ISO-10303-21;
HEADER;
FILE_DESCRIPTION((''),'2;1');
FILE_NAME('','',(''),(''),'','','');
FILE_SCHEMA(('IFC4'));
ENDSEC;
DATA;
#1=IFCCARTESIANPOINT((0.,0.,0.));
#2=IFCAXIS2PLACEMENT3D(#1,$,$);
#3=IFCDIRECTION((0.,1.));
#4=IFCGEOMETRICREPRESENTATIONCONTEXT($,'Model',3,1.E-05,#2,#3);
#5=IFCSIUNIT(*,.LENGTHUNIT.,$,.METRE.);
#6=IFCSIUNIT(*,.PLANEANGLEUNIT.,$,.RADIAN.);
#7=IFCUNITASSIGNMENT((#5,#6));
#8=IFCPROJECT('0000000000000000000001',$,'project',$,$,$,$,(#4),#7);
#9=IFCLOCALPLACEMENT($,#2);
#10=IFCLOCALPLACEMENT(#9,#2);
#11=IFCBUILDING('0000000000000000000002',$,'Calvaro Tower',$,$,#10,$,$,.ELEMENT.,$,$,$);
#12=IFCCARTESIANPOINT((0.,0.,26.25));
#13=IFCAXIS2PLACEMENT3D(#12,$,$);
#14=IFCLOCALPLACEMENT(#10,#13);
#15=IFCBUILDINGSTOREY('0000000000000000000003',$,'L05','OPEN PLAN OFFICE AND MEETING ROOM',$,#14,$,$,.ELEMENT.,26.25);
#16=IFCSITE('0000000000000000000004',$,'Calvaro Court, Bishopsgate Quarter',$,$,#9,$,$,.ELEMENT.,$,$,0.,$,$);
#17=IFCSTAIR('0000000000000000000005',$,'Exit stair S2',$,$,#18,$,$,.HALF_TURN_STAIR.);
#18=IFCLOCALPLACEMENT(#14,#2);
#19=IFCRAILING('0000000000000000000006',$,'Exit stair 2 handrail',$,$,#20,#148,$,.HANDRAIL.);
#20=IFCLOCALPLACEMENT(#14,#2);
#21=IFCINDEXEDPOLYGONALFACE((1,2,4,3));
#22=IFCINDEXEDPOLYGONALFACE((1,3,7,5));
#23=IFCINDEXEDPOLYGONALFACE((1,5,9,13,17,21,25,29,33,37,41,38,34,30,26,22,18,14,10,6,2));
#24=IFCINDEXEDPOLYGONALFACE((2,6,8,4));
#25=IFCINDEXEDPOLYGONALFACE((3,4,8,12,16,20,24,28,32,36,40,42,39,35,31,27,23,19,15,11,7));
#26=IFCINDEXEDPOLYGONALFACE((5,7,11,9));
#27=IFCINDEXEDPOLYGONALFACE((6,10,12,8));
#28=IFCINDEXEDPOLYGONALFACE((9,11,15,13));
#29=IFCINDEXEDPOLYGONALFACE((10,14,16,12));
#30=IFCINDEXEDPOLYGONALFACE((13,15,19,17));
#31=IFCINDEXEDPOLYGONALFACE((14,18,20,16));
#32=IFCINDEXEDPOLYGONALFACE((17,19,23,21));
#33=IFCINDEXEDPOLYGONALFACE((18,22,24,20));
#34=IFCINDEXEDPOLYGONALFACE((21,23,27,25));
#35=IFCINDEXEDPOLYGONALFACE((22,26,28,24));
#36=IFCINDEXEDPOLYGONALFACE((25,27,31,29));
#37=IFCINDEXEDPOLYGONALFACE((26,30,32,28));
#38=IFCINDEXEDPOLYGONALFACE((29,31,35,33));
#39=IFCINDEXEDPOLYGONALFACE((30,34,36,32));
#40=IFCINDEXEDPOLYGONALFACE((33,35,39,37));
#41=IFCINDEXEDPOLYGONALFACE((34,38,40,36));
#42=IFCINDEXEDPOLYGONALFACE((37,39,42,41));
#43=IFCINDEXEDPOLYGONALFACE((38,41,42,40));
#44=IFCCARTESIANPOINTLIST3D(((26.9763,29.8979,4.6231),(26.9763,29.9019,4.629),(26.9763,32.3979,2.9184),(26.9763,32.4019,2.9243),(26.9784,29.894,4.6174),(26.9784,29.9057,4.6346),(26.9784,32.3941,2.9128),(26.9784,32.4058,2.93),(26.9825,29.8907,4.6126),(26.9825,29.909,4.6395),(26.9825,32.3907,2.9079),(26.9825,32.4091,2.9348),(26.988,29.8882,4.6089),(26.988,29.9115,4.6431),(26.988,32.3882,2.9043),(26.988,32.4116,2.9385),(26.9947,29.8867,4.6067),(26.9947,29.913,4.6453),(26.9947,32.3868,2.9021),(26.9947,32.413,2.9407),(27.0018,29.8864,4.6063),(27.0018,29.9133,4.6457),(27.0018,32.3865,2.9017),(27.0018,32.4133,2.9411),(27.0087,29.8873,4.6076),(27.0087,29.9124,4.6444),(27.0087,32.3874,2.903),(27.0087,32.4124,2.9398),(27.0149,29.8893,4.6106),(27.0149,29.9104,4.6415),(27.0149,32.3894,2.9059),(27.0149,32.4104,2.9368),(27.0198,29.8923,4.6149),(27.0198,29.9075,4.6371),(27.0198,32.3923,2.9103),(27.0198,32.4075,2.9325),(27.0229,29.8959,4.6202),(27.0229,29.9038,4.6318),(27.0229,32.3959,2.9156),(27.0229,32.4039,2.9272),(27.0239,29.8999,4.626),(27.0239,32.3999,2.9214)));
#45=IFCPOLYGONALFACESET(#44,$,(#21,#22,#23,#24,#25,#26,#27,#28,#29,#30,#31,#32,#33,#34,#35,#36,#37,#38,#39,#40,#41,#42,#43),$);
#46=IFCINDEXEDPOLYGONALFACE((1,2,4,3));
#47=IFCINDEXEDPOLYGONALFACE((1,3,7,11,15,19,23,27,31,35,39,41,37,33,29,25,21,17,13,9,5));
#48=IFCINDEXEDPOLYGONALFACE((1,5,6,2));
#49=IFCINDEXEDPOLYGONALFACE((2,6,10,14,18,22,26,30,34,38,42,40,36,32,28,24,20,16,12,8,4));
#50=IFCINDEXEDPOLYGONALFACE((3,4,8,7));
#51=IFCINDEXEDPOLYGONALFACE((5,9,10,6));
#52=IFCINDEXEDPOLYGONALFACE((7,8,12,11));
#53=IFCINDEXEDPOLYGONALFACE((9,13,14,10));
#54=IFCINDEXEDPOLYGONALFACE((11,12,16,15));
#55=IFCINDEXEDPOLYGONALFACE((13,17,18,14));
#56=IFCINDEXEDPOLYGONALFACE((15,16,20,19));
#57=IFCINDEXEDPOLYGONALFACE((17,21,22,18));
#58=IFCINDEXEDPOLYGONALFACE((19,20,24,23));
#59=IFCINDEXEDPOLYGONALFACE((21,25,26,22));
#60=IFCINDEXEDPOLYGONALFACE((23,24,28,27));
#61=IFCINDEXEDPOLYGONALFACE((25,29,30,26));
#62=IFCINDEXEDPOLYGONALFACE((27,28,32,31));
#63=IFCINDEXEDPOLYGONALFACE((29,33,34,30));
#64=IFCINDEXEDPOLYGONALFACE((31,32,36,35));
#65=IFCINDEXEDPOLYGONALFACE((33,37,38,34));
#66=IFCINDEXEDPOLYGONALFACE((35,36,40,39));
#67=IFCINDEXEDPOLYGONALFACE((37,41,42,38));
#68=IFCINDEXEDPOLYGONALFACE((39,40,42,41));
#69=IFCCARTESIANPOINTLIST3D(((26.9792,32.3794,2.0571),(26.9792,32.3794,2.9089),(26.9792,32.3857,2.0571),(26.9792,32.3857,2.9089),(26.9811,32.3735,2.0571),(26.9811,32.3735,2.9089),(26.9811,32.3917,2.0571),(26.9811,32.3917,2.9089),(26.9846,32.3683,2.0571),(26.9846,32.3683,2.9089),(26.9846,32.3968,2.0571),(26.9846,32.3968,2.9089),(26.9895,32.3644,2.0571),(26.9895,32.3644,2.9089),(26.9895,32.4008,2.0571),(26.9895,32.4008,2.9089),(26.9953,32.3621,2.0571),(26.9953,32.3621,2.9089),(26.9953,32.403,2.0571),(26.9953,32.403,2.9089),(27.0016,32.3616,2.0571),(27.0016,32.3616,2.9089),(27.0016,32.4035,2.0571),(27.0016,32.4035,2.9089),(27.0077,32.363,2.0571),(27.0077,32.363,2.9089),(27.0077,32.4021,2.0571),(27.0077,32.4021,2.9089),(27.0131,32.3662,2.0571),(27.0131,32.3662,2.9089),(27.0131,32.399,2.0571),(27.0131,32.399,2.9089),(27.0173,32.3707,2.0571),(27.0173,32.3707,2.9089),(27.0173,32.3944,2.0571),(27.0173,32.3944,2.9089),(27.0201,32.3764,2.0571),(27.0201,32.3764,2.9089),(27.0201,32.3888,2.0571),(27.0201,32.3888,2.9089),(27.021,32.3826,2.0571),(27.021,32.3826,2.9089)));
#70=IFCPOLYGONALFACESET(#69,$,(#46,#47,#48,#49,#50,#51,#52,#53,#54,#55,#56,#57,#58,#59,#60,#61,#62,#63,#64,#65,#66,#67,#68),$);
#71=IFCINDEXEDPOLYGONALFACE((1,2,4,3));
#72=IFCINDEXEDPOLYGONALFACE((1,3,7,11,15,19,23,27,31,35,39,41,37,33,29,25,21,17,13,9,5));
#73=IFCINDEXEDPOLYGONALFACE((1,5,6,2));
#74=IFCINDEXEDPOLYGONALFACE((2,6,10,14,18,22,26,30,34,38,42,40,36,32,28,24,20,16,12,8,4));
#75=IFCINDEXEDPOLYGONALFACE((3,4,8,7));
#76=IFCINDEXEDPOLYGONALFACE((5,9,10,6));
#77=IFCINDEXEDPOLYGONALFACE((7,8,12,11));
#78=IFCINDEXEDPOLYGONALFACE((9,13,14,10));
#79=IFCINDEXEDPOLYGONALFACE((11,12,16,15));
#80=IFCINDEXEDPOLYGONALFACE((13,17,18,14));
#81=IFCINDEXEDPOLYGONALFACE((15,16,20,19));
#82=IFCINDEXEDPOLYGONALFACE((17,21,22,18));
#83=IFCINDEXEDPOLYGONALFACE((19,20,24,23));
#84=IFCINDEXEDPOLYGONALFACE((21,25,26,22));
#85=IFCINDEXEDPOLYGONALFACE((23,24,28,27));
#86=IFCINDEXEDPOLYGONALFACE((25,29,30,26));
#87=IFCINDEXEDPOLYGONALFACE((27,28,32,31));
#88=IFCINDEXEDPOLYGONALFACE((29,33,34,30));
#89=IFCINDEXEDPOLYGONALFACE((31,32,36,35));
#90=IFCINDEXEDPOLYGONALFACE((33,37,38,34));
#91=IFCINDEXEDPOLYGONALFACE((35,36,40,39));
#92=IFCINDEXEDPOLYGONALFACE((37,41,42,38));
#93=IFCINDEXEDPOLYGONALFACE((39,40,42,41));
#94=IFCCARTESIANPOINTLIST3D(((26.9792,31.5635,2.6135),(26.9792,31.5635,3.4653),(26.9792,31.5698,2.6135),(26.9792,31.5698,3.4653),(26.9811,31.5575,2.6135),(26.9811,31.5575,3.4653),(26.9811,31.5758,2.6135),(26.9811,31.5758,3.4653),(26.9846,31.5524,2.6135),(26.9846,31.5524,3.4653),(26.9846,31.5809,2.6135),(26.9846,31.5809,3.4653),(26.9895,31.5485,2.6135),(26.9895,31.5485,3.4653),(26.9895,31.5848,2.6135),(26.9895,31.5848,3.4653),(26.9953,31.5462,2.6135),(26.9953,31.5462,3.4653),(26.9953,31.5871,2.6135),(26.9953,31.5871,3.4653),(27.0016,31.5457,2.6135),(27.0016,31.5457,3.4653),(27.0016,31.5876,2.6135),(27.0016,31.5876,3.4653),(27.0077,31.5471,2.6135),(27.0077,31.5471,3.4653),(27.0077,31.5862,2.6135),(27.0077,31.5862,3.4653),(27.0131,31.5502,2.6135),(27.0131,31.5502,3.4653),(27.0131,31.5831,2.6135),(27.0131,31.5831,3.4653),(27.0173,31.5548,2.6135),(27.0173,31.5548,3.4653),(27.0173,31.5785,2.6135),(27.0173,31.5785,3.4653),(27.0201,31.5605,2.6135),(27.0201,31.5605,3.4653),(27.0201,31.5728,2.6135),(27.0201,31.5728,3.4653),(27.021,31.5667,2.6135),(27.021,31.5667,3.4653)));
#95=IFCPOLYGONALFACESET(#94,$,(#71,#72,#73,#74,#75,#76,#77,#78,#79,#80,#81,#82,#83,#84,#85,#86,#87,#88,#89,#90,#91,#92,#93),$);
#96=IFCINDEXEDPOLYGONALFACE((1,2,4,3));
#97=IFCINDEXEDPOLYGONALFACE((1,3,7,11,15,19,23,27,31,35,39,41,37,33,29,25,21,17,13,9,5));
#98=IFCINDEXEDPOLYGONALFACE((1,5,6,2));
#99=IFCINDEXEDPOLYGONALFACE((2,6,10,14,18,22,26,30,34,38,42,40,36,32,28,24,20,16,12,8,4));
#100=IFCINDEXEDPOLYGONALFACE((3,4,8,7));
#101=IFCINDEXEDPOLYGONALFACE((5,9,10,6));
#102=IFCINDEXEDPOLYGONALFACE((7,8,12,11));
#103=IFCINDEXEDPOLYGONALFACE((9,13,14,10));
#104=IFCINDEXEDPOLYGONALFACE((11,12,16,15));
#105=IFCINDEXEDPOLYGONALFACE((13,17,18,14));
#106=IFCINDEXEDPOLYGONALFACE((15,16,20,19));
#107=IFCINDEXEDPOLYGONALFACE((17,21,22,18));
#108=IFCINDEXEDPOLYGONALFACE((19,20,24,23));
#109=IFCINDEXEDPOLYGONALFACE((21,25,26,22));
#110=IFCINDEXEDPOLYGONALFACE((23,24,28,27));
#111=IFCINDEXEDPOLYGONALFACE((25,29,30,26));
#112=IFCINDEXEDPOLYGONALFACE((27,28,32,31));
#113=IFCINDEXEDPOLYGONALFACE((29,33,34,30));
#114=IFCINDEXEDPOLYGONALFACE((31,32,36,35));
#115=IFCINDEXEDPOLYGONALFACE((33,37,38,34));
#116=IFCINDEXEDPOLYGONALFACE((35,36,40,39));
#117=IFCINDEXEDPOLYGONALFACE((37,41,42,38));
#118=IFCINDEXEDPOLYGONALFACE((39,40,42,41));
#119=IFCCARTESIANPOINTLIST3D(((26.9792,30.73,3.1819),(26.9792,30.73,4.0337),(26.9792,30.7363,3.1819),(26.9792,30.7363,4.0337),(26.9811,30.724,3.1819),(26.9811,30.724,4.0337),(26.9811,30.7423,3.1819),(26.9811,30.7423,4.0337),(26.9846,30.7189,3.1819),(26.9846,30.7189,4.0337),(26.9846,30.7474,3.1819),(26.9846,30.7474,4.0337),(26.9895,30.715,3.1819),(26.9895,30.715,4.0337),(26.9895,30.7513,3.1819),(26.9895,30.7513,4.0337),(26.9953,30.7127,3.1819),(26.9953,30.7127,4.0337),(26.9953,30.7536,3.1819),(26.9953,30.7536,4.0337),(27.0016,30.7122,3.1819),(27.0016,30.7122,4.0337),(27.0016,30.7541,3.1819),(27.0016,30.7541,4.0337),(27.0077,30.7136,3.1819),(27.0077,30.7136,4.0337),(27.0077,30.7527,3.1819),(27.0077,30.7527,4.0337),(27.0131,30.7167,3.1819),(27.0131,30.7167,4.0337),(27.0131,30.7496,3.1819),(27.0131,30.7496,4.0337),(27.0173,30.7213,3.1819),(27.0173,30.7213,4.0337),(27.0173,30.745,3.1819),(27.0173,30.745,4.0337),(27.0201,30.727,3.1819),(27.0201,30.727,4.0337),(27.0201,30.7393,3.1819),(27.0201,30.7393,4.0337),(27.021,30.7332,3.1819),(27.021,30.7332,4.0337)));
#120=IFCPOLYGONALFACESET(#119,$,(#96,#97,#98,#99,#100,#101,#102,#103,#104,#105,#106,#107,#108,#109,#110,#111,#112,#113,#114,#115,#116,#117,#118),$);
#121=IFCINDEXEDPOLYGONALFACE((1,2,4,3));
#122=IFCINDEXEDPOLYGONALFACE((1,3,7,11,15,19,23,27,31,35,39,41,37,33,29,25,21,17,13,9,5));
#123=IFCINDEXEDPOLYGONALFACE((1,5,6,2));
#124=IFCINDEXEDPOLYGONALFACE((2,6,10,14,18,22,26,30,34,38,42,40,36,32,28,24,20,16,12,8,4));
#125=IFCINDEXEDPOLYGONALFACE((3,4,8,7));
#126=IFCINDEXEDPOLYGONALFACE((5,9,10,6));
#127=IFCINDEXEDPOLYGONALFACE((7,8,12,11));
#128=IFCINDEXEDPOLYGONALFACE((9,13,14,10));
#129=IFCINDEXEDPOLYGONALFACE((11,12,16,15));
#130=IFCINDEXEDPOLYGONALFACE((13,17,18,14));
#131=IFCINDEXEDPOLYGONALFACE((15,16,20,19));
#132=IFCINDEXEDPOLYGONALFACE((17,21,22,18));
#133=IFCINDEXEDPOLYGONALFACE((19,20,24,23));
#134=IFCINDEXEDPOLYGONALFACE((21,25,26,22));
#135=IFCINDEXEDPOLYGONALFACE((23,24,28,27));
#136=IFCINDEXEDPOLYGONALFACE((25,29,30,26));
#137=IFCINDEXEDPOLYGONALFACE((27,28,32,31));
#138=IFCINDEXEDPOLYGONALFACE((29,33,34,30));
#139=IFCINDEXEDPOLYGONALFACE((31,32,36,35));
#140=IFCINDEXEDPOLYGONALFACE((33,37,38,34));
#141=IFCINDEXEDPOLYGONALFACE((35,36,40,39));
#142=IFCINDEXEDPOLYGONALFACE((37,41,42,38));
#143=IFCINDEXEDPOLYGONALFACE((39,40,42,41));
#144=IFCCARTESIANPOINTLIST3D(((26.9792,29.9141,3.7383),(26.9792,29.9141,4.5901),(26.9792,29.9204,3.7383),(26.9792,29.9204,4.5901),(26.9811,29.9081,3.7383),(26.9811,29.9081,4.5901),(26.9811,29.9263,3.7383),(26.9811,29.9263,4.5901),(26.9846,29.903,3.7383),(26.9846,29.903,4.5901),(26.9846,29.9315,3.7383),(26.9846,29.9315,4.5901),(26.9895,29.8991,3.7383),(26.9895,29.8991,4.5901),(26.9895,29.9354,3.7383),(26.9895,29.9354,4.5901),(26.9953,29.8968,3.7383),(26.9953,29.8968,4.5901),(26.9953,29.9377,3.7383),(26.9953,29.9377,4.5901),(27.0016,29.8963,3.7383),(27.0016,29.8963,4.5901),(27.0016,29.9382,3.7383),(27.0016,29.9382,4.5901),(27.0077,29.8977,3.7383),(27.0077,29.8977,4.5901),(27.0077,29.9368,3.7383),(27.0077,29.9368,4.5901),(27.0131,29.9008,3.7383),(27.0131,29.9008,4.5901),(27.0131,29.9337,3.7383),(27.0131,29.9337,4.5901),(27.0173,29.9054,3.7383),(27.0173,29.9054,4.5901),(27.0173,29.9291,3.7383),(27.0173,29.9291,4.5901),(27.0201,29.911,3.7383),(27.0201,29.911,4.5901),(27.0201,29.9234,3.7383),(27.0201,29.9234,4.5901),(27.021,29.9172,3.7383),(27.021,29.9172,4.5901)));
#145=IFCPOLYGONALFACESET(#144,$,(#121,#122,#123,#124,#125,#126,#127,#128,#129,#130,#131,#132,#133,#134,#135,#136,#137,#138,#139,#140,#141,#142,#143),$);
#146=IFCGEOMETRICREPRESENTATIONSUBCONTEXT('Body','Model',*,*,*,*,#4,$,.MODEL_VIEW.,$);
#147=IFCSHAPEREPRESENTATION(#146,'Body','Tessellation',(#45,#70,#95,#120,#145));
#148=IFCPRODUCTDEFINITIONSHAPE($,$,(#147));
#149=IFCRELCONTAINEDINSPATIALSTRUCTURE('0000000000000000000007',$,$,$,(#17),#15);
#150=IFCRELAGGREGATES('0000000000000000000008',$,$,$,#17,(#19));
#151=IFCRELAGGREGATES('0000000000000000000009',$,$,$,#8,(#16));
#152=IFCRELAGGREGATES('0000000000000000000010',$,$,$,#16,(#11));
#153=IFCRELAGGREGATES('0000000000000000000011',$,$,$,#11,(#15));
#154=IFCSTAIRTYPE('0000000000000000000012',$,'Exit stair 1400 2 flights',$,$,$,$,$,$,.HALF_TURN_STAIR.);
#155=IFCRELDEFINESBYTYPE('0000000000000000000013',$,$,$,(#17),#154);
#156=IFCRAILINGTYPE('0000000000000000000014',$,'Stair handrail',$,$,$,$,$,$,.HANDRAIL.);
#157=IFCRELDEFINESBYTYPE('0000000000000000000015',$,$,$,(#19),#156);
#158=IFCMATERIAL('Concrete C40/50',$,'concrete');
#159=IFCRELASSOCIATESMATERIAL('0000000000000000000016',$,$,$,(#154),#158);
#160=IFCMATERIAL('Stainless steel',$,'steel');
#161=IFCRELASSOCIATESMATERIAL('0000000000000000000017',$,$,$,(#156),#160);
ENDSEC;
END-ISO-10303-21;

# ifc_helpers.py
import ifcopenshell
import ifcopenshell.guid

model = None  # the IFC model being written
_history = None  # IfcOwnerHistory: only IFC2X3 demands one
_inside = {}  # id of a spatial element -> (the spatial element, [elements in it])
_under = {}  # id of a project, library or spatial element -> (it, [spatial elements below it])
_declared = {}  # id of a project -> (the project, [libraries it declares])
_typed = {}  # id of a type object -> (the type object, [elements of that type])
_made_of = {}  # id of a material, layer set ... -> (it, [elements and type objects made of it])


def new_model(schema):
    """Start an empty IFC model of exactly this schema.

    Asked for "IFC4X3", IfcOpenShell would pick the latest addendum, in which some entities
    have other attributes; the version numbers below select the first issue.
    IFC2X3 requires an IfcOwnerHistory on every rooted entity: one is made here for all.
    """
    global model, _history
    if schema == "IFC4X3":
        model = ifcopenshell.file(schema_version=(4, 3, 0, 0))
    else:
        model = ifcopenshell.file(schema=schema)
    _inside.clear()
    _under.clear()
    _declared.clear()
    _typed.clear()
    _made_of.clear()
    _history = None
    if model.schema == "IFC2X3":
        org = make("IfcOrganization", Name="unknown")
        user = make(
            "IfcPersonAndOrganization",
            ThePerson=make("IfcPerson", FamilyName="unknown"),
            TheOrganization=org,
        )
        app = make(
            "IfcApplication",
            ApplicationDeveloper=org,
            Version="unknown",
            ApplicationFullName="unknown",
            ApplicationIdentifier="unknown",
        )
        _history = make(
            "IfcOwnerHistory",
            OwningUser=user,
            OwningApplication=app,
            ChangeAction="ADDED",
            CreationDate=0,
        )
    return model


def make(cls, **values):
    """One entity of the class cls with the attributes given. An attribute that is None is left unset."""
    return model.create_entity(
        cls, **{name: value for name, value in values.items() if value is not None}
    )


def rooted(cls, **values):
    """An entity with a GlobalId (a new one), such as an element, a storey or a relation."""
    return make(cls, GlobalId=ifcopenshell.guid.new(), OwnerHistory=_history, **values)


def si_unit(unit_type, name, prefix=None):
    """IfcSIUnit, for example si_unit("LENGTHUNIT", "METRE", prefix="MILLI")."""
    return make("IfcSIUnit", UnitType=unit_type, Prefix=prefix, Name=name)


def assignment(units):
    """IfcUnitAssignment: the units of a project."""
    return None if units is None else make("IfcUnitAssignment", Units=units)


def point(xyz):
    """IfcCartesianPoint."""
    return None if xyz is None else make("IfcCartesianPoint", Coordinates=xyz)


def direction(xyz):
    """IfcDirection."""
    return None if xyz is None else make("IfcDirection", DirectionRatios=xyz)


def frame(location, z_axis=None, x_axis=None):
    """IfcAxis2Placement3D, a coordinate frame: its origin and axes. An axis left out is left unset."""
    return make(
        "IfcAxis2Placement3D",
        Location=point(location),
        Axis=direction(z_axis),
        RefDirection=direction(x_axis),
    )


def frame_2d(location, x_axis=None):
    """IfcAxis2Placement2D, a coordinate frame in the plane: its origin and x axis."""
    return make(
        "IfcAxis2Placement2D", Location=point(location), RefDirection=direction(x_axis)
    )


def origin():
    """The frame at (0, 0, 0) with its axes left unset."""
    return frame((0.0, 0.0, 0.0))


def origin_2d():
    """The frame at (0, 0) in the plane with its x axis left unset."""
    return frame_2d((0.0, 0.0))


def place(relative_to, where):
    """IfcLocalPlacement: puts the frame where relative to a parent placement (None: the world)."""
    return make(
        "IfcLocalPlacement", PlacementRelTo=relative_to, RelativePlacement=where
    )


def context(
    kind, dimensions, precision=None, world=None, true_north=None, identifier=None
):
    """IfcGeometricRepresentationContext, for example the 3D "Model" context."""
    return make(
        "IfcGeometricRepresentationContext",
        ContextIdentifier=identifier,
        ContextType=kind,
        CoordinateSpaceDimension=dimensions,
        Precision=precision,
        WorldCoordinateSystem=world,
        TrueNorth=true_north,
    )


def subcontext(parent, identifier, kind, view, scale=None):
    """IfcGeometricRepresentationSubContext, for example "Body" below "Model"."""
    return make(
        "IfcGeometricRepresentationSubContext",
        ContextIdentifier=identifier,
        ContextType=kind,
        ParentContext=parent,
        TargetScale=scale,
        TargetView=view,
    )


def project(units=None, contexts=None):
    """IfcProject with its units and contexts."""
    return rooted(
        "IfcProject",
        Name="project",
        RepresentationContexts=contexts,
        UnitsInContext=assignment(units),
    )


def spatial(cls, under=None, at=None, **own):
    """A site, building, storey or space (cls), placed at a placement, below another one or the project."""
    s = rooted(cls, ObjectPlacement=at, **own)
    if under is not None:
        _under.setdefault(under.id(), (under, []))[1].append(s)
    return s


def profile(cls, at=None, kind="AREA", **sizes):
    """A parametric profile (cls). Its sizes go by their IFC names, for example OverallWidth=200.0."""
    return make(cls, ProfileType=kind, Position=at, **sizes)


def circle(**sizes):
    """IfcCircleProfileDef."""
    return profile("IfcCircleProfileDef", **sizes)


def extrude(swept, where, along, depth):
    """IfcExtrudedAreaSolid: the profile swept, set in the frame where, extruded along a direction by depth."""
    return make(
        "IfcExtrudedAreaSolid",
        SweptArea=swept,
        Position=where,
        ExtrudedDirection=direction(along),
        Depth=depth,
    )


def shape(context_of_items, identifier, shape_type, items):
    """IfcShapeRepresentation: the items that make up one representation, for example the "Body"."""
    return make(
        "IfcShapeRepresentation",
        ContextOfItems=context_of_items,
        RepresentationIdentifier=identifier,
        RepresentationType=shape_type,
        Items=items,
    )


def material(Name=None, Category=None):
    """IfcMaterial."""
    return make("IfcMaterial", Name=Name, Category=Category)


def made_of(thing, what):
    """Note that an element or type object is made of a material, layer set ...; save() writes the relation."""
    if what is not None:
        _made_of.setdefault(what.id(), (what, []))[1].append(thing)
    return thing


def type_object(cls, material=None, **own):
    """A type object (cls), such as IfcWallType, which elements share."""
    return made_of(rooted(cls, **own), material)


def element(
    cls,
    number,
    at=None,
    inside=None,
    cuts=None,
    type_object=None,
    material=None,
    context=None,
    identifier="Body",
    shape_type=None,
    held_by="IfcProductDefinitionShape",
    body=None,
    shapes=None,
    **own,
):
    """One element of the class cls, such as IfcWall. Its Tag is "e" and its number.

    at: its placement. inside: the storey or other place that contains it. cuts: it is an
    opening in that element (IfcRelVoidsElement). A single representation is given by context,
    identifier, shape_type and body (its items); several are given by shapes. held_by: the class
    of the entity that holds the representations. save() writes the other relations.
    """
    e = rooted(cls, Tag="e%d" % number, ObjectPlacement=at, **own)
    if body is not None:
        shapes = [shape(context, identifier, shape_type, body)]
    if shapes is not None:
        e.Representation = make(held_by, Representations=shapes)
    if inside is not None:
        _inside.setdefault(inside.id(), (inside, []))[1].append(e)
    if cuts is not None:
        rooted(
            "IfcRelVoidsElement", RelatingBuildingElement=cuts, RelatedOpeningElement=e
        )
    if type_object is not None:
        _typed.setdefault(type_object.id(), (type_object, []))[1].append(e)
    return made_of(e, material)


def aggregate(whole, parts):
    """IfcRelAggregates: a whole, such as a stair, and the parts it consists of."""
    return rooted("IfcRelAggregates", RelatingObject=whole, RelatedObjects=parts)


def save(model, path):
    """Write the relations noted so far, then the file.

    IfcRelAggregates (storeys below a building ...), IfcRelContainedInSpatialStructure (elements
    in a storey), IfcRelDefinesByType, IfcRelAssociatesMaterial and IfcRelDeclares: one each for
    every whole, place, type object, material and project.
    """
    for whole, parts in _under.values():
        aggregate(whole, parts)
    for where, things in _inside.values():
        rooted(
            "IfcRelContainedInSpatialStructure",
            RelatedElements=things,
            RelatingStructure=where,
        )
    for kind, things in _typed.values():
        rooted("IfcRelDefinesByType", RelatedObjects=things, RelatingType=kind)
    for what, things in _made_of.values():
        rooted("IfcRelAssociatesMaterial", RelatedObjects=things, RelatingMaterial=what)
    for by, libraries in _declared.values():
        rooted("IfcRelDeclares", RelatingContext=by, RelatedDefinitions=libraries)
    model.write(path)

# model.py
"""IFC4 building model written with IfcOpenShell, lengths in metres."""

from ifc_helpers import new_model, si_unit, direction, frame, origin, origin_2d, place, context, subcontext, project, spatial, circle, extrude, material, type_object, element, aggregate, save


model = new_model("IFC4")

# Units and contexts
model_context = context("Model", 3, precision=1e-05, world=origin(), true_north=direction((0.0, 1.0)))
body_context = subcontext(model_context, "Body", "Model", "MODEL_VIEW")
ifc_project = project(units=[si_unit("LENGTHUNIT", "METRE"), si_unit("PLANEANGLEUNIT", "RADIAN")], contexts=[model_context])

# Site, building, storey
site_placement = place(None, origin())
site = spatial("IfcSite", under=ifc_project, at=site_placement, Name="Calvaro Court, Bishopsgate Quarter", CompositionType="ELEMENT", RefElevation=0.0)
building_placement = place(site_placement, origin())
building = spatial("IfcBuilding", under=site, at=building_placement, Name="Calvaro Tower", CompositionType="ELEMENT")
storey_placement = place(building_placement, frame((0.0, 0.0, 26.25)))
storey = spatial("IfcBuildingStorey", under=building, at=storey_placement, Name="L05", Description="OPEN PLAN OFFICE AND MEETING ROOM", CompositionType="ELEMENT", Elevation=26.25)

# Stair, railing
ifc_material_1 = material(Name="Concrete C40/50", Category="concrete")
stair_type = type_object("IfcStairType", Name="Exit stair 1400 2 flights", PredefinedType="HALF_TURN_STAIR", material=ifc_material_1)
stair_placement = place(storey_placement, origin())
stair = element("IfcStair", 1, at=stair_placement, inside=storey, type_object=stair_type, Name="Exit stair S2", PredefinedType="HALF_TURN_STAIR")
ifc_material_2 = material(Name="Stainless steel", Category="steel")
railing_type = type_object("IfcRailingType", Name="Stair handrail", PredefinedType="HANDRAIL", material=ifc_material_2)
railing_1_placement = place(storey_placement, frame((27.0, 32.3999, 2.0454)))
railing_1 = element("IfcRailing", 2, at=railing_1_placement, type_object=railing_type, Name="Exit stair 2 handrail", PredefinedType="HANDRAIL", context=body_context, shape_type="SweptSolid", body=[
    extrude(circle(Radius=0.0239, at=origin_2d()), frame((0.0, 0.0, 0.876), z_axis=(0.0, -0.826221, 0.563347), x_axis=(1.0, 0.0, 0.0)), (0.0, 0.0, 1.0), 3.0259),
    extrude(circle(Radius=0.021, at=origin_2d()), frame((0.0, -0.0173, 0.0117)), (0.0, 0.0, 1.0), 0.8518),
    extrude(circle(Radius=0.021, at=origin_2d()), frame((0.0, -0.8333, 0.5681)), (0.0, 0.0, 1.0), 0.8518),
    extrude(circle(Radius=0.021, at=origin_2d()), frame((0.0, -1.6667, 1.1365)), (0.0, 0.0, 1.0), 0.8518),
    extrude(circle(Radius=0.021, at=origin_2d()), frame((0.0, -2.4827, 1.6929)), (0.0, 0.0, 1.0), 0.8518),
])
aggregate(stair, [railing_1])

save(model, "model.ifc")
